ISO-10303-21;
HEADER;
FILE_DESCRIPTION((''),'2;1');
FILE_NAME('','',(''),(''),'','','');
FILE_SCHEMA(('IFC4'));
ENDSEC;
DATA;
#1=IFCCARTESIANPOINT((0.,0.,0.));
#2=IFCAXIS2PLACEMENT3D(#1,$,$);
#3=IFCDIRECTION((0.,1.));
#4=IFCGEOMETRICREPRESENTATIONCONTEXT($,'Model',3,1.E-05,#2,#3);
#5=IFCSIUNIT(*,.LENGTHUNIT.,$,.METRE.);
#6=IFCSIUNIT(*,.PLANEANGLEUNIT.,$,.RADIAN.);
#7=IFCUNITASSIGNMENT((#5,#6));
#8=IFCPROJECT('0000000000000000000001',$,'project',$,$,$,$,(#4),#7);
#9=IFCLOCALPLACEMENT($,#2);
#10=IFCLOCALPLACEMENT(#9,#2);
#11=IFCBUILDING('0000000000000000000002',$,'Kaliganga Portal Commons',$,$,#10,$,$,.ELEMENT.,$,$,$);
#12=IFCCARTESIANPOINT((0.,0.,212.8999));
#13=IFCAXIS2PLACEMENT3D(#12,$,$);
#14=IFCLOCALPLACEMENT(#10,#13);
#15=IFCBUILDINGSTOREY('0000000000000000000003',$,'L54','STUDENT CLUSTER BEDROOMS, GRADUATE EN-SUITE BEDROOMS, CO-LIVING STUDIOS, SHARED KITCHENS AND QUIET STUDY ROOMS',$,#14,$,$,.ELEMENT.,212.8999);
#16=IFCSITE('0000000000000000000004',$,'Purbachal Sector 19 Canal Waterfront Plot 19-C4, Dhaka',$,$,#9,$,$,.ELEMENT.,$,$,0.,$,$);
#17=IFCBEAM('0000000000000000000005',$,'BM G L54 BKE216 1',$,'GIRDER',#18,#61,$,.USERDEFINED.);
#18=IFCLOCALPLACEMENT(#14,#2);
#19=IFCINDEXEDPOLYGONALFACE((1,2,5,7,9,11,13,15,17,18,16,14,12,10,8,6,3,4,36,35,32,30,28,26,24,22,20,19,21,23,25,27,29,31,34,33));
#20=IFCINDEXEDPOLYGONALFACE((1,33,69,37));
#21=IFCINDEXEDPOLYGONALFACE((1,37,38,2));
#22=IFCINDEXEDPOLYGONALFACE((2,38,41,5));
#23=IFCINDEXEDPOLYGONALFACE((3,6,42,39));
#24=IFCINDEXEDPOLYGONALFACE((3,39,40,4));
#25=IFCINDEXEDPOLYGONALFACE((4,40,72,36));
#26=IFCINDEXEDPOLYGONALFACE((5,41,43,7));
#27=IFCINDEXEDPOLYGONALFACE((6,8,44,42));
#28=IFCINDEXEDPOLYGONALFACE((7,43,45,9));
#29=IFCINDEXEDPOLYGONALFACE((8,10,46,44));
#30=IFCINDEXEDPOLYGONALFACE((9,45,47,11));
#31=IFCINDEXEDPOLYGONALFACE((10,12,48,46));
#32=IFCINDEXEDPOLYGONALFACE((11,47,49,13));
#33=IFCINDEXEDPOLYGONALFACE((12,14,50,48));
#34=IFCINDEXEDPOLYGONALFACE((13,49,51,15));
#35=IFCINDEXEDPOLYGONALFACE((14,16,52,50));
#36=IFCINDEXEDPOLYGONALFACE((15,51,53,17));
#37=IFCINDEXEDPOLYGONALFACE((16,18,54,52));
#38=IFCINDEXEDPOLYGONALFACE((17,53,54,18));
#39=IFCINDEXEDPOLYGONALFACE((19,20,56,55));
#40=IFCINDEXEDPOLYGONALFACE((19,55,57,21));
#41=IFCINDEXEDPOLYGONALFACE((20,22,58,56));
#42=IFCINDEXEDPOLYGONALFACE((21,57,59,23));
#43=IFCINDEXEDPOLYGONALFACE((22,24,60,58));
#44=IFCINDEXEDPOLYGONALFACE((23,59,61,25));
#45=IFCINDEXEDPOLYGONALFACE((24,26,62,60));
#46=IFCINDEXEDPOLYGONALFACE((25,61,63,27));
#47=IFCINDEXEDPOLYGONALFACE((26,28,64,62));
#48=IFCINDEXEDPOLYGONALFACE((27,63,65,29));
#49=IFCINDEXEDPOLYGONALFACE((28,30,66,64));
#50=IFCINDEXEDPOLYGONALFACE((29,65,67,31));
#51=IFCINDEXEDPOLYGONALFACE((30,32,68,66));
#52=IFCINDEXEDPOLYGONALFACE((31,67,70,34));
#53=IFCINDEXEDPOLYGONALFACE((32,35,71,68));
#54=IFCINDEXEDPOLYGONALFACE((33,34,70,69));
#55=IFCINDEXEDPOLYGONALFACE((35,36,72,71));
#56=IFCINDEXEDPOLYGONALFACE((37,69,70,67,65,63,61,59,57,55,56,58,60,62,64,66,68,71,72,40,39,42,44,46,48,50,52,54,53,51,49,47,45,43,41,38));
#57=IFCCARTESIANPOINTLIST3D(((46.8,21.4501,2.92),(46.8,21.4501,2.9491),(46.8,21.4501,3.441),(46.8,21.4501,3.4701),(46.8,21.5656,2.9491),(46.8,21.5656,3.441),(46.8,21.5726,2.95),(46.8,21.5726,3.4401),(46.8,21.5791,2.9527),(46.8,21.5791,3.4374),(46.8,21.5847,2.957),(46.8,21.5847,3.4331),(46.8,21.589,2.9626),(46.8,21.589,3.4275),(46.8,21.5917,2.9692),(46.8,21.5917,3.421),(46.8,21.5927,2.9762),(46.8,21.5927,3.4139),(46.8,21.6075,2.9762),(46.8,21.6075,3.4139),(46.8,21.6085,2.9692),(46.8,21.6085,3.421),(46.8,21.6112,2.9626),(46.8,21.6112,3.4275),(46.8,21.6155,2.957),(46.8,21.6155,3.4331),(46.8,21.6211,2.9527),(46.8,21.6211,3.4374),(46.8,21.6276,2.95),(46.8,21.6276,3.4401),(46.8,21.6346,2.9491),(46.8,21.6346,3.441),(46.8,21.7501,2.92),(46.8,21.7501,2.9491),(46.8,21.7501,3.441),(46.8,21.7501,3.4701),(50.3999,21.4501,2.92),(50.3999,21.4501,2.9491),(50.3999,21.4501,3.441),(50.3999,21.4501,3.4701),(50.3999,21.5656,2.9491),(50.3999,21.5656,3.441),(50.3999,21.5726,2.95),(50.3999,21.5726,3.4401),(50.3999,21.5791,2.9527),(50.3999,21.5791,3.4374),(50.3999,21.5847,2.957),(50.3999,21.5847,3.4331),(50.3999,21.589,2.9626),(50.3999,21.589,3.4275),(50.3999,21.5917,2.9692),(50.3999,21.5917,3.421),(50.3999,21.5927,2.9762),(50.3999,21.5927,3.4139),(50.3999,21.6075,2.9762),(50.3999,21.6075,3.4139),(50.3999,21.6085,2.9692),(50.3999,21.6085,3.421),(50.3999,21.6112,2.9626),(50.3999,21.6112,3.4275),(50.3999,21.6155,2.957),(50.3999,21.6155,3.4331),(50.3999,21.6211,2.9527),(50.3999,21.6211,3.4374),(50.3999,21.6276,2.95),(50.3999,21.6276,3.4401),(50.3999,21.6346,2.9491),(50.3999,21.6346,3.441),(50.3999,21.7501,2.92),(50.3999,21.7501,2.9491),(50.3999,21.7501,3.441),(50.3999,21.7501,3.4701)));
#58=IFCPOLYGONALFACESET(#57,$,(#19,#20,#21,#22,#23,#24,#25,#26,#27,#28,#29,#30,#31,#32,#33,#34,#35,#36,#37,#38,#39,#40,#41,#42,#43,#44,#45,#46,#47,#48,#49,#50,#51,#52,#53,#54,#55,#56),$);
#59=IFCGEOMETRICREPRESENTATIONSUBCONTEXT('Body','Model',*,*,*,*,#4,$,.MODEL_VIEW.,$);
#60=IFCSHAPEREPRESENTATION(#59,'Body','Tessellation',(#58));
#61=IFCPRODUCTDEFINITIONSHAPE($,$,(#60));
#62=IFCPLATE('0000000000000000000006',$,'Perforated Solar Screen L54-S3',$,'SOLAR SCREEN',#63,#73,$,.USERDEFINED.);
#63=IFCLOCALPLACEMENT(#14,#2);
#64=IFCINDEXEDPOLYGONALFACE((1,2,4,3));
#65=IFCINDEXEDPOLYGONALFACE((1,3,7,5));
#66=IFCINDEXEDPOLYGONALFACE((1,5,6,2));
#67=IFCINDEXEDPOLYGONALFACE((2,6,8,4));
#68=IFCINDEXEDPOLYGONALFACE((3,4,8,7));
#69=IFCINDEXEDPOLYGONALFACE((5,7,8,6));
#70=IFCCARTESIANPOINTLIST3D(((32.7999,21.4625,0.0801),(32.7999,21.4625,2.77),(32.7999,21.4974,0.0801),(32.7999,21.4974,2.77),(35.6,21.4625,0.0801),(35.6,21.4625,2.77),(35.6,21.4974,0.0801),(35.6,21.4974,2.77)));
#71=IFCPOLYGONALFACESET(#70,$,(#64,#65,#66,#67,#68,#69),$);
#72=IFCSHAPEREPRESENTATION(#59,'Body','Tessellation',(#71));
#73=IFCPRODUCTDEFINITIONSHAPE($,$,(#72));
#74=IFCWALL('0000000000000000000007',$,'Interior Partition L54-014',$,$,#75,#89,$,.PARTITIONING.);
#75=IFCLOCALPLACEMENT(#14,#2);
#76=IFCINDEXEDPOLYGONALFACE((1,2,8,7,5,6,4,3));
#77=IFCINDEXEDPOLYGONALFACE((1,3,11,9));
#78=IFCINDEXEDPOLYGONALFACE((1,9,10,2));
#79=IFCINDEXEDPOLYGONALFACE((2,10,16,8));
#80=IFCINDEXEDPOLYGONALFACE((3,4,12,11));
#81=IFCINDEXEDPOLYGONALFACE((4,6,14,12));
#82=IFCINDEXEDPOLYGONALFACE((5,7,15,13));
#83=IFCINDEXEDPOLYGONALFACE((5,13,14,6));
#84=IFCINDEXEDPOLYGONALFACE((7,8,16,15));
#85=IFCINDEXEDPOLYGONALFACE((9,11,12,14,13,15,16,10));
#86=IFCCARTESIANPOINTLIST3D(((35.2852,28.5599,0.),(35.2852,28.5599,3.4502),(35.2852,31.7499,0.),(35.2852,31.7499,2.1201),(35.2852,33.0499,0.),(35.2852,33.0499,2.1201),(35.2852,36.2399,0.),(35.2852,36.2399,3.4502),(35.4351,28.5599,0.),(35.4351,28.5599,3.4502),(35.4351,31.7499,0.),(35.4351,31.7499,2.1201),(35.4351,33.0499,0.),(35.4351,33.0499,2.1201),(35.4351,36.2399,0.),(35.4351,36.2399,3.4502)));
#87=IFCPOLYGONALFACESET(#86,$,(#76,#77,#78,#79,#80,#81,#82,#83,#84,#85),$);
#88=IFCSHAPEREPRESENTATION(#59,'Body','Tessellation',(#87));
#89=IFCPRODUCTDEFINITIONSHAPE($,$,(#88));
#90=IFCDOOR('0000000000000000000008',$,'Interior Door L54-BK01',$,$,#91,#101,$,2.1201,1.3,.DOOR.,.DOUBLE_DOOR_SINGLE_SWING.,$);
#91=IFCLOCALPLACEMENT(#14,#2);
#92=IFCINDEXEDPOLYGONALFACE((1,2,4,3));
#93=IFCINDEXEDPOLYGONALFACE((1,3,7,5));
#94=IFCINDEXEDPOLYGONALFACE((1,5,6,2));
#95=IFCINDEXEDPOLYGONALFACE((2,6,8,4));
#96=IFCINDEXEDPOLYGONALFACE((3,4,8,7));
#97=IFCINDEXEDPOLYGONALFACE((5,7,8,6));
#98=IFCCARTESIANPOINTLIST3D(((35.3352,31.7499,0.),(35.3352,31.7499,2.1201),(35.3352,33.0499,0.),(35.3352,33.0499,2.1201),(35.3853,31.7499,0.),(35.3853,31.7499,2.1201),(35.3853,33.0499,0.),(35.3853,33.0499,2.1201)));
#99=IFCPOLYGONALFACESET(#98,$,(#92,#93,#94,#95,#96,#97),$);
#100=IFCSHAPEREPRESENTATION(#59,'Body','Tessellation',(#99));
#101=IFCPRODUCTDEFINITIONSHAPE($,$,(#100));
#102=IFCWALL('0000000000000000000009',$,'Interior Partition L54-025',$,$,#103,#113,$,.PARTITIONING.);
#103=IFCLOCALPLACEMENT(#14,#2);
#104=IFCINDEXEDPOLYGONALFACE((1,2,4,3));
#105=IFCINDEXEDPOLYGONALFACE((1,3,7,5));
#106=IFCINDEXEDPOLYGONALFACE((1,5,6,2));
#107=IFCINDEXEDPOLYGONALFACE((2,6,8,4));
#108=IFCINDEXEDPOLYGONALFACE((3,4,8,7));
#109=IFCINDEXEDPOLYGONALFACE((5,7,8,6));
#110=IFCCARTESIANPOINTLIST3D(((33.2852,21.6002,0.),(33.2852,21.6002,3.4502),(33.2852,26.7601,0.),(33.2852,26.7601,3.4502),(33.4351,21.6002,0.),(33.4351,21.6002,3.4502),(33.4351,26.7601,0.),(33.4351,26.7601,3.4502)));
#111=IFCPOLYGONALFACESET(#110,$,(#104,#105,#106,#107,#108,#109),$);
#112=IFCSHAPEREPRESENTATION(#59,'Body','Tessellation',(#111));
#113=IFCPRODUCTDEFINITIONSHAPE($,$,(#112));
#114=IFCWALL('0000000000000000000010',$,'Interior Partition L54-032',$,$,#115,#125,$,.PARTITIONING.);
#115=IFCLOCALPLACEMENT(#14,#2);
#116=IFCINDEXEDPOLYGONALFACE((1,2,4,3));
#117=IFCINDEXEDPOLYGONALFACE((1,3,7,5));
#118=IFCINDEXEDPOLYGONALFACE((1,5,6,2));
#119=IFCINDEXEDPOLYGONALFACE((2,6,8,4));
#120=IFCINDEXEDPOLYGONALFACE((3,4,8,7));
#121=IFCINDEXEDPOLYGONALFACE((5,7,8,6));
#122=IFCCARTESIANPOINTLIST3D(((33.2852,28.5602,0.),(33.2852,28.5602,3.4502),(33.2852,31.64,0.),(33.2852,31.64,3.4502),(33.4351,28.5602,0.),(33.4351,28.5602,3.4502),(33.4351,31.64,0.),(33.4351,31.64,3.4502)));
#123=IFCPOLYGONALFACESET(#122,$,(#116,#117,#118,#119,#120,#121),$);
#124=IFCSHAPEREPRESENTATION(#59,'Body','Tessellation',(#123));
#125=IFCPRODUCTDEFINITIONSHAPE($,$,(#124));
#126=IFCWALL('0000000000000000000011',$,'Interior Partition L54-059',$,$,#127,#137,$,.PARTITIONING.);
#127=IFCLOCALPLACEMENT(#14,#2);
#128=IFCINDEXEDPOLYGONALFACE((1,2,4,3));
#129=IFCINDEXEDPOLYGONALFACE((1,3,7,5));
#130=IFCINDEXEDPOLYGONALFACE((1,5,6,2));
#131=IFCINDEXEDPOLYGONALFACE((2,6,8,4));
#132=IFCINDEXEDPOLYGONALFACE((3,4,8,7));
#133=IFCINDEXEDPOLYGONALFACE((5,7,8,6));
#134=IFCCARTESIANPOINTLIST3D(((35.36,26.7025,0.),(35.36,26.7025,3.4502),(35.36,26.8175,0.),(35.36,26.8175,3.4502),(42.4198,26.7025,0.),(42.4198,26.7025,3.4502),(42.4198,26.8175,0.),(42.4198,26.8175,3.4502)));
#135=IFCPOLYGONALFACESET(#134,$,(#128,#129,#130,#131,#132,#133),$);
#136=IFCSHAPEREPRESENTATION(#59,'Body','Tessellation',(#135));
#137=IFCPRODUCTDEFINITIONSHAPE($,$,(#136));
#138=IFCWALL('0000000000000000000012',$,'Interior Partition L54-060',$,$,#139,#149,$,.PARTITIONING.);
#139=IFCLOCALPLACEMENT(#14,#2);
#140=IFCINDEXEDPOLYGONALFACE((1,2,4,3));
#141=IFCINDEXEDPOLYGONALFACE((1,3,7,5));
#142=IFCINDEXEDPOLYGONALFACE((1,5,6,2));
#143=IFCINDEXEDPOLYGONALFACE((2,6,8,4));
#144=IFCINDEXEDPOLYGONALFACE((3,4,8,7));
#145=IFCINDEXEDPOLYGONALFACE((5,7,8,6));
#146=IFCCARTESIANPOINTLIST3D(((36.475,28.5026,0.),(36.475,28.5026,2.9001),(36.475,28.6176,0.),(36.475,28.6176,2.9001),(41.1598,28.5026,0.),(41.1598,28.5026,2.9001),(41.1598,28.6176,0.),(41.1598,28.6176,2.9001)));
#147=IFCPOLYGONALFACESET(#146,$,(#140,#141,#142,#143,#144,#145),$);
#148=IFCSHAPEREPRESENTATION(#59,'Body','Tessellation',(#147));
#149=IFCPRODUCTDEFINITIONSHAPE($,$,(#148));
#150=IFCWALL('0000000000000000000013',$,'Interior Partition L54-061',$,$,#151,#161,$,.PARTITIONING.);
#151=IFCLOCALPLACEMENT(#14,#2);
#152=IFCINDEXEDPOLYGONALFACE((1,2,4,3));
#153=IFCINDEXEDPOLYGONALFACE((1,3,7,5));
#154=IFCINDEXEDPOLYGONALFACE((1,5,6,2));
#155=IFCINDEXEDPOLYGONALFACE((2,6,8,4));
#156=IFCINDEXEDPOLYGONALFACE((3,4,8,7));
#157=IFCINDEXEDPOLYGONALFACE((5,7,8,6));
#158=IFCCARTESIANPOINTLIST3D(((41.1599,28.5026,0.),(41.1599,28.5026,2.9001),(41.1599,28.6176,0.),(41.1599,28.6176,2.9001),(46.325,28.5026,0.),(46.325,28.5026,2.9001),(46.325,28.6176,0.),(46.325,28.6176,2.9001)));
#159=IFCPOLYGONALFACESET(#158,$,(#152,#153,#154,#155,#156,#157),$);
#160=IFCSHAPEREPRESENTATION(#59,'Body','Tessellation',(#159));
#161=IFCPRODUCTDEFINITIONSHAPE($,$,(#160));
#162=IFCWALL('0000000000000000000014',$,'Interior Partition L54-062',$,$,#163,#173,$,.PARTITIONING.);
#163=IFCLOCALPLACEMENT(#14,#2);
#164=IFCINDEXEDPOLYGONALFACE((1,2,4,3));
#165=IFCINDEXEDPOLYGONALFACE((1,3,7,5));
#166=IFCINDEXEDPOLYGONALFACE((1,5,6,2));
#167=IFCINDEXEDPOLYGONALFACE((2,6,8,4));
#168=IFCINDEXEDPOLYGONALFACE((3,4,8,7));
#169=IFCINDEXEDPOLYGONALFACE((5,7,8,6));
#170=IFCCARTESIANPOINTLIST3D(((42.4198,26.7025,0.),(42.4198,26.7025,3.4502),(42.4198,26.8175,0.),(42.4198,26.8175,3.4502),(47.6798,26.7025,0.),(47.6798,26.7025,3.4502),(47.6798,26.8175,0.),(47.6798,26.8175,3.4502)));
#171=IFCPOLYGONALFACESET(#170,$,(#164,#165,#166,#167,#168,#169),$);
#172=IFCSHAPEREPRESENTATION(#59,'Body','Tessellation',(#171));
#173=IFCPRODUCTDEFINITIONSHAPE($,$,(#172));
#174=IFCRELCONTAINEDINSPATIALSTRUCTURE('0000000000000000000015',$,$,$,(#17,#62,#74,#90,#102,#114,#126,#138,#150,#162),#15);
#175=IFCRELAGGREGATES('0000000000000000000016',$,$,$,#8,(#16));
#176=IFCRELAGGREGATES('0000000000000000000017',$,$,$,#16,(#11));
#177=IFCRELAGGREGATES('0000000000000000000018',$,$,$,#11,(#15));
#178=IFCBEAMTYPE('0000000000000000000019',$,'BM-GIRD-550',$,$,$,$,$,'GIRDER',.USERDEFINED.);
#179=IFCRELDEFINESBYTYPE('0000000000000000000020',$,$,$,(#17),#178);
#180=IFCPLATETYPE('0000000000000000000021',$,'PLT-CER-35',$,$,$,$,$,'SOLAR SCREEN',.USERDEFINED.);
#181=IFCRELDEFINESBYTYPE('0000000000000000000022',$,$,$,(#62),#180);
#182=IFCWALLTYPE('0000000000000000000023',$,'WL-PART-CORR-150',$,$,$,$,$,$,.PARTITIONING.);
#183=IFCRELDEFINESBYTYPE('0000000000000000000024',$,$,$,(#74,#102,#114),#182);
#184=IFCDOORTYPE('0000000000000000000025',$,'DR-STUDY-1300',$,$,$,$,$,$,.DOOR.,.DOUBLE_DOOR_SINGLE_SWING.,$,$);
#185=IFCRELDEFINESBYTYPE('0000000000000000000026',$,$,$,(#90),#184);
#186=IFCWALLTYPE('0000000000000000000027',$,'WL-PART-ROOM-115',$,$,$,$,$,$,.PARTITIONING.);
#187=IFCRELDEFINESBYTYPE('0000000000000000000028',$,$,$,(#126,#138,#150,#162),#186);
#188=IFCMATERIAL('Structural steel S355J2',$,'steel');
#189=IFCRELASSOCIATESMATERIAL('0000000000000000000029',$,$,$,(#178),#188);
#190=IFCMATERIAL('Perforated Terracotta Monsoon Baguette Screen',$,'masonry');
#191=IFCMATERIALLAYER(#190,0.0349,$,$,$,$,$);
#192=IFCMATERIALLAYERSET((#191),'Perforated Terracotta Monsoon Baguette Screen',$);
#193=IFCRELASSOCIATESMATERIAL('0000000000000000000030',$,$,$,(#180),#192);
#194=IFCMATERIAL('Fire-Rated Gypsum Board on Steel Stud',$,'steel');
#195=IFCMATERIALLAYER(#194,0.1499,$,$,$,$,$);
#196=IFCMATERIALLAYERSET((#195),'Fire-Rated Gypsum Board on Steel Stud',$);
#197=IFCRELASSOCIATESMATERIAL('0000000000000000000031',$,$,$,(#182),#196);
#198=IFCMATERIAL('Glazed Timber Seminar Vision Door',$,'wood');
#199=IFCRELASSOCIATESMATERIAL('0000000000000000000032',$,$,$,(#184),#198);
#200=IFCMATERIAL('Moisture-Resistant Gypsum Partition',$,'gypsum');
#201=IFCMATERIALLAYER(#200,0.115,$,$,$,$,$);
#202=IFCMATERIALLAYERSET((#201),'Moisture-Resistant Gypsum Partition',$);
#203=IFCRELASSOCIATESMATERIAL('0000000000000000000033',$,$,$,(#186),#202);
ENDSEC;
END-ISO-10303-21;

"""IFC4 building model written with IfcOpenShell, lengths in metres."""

from ifc_helpers import new_model, si_unit, direction, frame, frame_2d, origin, origin_2d, place, context, subcontext, project, spatial, rectangle, i_section, extrude, source, transform, mapped, material, layer, layer_set, material_profile, profile_set, type_object, element, fill, save


model = new_model("IFC4")

# Units and contexts
model_context = context("Model", 3, precision=1e-05, world=origin(), true_north=direction((0.0, 1.0)))
body_context = subcontext(model_context, "Body", "Model", "MODEL_VIEW")
ifc_project = project(units=[si_unit("LENGTHUNIT", "METRE"), si_unit("PLANEANGLEUNIT", "RADIAN")], contexts=[model_context])

# Site, building, storey
site_placement = place(None, origin())
site = spatial("IfcSite", under=ifc_project, at=site_placement, Name="Purbachal Sector 19 Canal Waterfront Plot 19-C4, Dhaka", CompositionType="ELEMENT", RefElevation=0.0)
building_placement = place(site_placement, origin())
building = spatial("IfcBuilding", under=site, at=building_placement, Name="Kaliganga Portal Commons", CompositionType="ELEMENT")
storey_placement = place(building_placement, frame((0.0, 0.0, 212.8999)))
storey = spatial("IfcBuildingStorey", under=building, at=storey_placement, Name="L54", Description="STUDENT CLUSTER BEDROOMS, GRADUATE EN-SUITE BEDROOMS, CO-LIVING STUDIOS, SHARED KITCHENS AND QUIET STUDY ROOMS", CompositionType="ELEMENT", Elevation=212.8999)

# Beam
ifc_material_1 = material(Name="Structural steel S355J2", Category="steel")
ifc_material_profile_1 = material_profile(ifc_material_1, i_section(OverallWidth=0.3, OverallDepth=0.55, WebThickness=0.0149, FlangeThickness=0.0291, FilletRadius=0.0271, at=origin_2d()), Name="HE 550 B")
ifc_profile_set_1 = profile_set([ifc_material_profile_1], Name="Structural steel S355J2 wide-flange")
beam_type_1 = type_object("IfcBeamType", Name="BM-GIRD-550", ElementType="GIRDER", PredefinedType="USERDEFINED", material=ifc_profile_set_1)
shared_shape_1 = source(origin(), body_context, "Body", "SweptSolid", [
    extrude(i_section(OverallWidth=0.3, OverallDepth=0.55, WebThickness=0.0149, FlangeThickness=0.0291, FilletRadius=0.0271, at=origin_2d()), origin(), (0.0, 0.0, 1.0), 3.5999),
])
beam_1_placement = place(storey_placement, frame((46.8, 21.6001, 3.1951), z_axis=(1.0, 0.0, 0.0), x_axis=(0.0, 1.0, 0.0)))
element("IfcBeam", 1, at=beam_1_placement, inside=storey, type_object=beam_type_1, Name="BM G L54 BKE216 1", ObjectType="GIRDER", PredefinedType="USERDEFINED", context=body_context, shape_type="MappedRepresentation", body=[
    mapped(shared_shape_1, transform((0.0, 0.0, 0.0), x_axis=(1.0, 0.0, 0.0), y_axis=(0.0, 1.0, 0.0), z_axis=(0.0, 0.0, 1.0), scale=1.0)),
])

# Plate
ifc_material_2 = material(Name="Perforated Terracotta Monsoon Baguette Screen", Category="masonry")
ifc_layer_1 = layer(ifc_material_2, 0.0349)
ifc_layer_set_1 = layer_set([ifc_layer_1], Name="Perforated Terracotta Monsoon Baguette Screen")
plate_type = type_object("IfcPlateType", Name="PLT-CER-35", ElementType="SOLAR SCREEN", PredefinedType="USERDEFINED", material=ifc_layer_set_1)
shared_shape_2 = source(origin(), body_context, "Body", "SweptSolid", [
    extrude(rectangle(XDim=2.8, YDim=0.0349, at=origin_2d()), origin(), (0.0, 0.0, 1.0), 2.6899),
])
plate_placement = place(storey_placement, frame((34.2, 21.48, 0.0801), z_axis=(0.0, 0.0, 1.0), x_axis=(1.0, 0.0, 0.0)))
element("IfcPlate", 2, at=plate_placement, inside=storey, type_object=plate_type, Name="Perforated Solar Screen L54-S3", ObjectType="SOLAR SCREEN", PredefinedType="USERDEFINED", context=body_context, shape_type="MappedRepresentation", body=[
    mapped(shared_shape_2, transform((0.0, 0.0, 0.0), x_axis=(1.0, 0.0, 0.0), y_axis=(0.0, 1.0, 0.0), z_axis=(0.0, 0.0, 1.0), scale=1.0)),
])

# Wall, opening, door
ifc_material_3 = material(Name="Fire-Rated Gypsum Board on Steel Stud", Category="steel")
ifc_layer_2 = layer(ifc_material_3, 0.1499)
ifc_layer_set_2 = layer_set([ifc_layer_2], Name="Fire-Rated Gypsum Board on Steel Stud")
wall_type_1 = type_object("IfcWallType", Name="WL-PART-CORR-150", PredefinedType="PARTITIONING", material=ifc_layer_set_2)
wall_1_placement = place(storey_placement, frame((35.3601, 28.5601, 0.0), z_axis=(0.0, 0.0, 1.0), x_axis=(0.0, 1.0, 0.0)))
wall_1 = element("IfcWall", 3, at=wall_1_placement, inside=storey, type_object=wall_type_1, Name="Interior Partition L54-014", PredefinedType="PARTITIONING", context=body_context, shape_type="SweptSolid", body=[
    extrude(rectangle(XDim=7.6799, YDim=0.1499, at=frame_2d((3.8398, 0.0))), origin(), (0.0, 0.0, 1.0), 3.4502),
])
opening_placement = place(wall_1_placement, frame((3.1899, 0.0, 0.0)))
opening = element("IfcOpeningElement", 4, at=opening_placement, cuts=wall_1, PredefinedType="OPENING", context=body_context, shape_type="SweptSolid", body=[
    extrude(rectangle(XDim=1.3, YDim=2.1201, at=frame_2d((0.6499, 1.0601))), frame((0.0, 0.085, 0.0), z_axis=(0.0, -1.0, 0.0), x_axis=(1.0, 0.0, 0.0)), (0.0, 0.0, 1.0), 0.1699),
])
ifc_material_4 = material(Name="Glazed Timber Seminar Vision Door", Category="wood")
door_type = type_object("IfcDoorType", Name="DR-STUDY-1300", OperationType="DOUBLE_DOOR_SINGLE_SWING", PredefinedType="DOOR", material=ifc_material_4)
door_placement = place(opening_placement, origin())
door = element("IfcDoor", 5, at=door_placement, inside=storey, type_object=door_type, Name="Interior Door L54-BK01", OperationType="DOUBLE_DOOR_SINGLE_SWING", OverallHeight=2.1201, OverallWidth=1.3, PredefinedType="DOOR", context=body_context, shape_type="SweptSolid", body=[
    extrude(rectangle(XDim=1.3, YDim=2.1201, at=frame_2d((0.6499, 1.0601))), frame((0.0, 0.0249, 0.0), z_axis=(0.0, -1.0, 0.0), x_axis=(1.0, 0.0, 0.0)), (0.0, 0.0, 1.0), 0.05),
])
fill(opening, door)

# Walls
wall_2_placement = place(storey_placement, frame((33.3601, 21.6001, 0.0), z_axis=(0.0, 0.0, 1.0), x_axis=(0.0, 1.0, 0.0)))
element("IfcWall", 6, at=wall_2_placement, inside=storey, type_object=wall_type_1, Name="Interior Partition L54-025", PredefinedType="PARTITIONING", context=body_context, shape_type="SweptSolid", body=[
    extrude(rectangle(XDim=5.1599, YDim=0.1499, at=frame_2d((2.5801, 0.0))), origin(), (0.0, 0.0, 1.0), 3.4502),
])
wall_3_placement = place(storey_placement, frame((33.3601, 28.5601, 0.0), z_axis=(0.0, 0.0, 1.0), x_axis=(0.0, 1.0, 0.0)))
element("IfcWall", 7, at=wall_3_placement, inside=storey, type_object=wall_type_1, Name="Interior Partition L54-032", PredefinedType="PARTITIONING", context=body_context, shape_type="SweptSolid", body=[
    extrude(rectangle(XDim=3.0798, YDim=0.1499, at=frame_2d((1.54, 0.0))), origin(), (0.0, 0.0, 1.0), 3.4502),
])
ifc_material_5 = material(Name="Moisture-Resistant Gypsum Partition", Category="gypsum")
ifc_layer_3 = layer(ifc_material_5, 0.115)
ifc_layer_set_3 = layer_set([ifc_layer_3], Name="Moisture-Resistant Gypsum Partition")
wall_type_2 = type_object("IfcWallType", Name="WL-PART-ROOM-115", PredefinedType="PARTITIONING", material=ifc_layer_set_3)
wall_4_placement = place(storey_placement, frame((35.3601, 26.76, 0.0), z_axis=(0.0, 0.0, 1.0), x_axis=(1.0, 0.0, 0.0)))
element("IfcWall", 8, at=wall_4_placement, inside=storey, type_object=wall_type_2, Name="Interior Partition L54-059", PredefinedType="PARTITIONING", context=body_context, shape_type="SweptSolid", body=[
    extrude(rectangle(XDim=7.0598, YDim=0.115, at=frame_2d((3.5298, 0.0))), origin(), (0.0, 0.0, 1.0), 3.4502),
])
wall_5_placement = place(storey_placement, frame((36.4751, 28.5601, 0.0), z_axis=(0.0, 0.0, 1.0), x_axis=(1.0, 0.0, 0.0)))
element("IfcWall", 9, at=wall_5_placement, inside=storey, type_object=wall_type_2, Name="Interior Partition L54-060", PredefinedType="PARTITIONING", context=body_context, shape_type="SweptSolid", body=[
    extrude(rectangle(XDim=4.6848, YDim=0.115, at=frame_2d((2.3423, 0.0))), origin(), (0.0, 0.0, 1.0), 2.9001),
])
wall_6_placement = place(storey_placement, frame((41.1599, 28.5601, 0.0), z_axis=(0.0, 0.0, 1.0), x_axis=(1.0, 0.0, 0.0)))
element("IfcWall", 10, at=wall_6_placement, inside=storey, type_object=wall_type_2, Name="Interior Partition L54-061", PredefinedType="PARTITIONING", context=body_context, shape_type="SweptSolid", body=[
    extrude(rectangle(XDim=5.165, YDim=0.115, at=frame_2d((2.5825, 0.0))), origin(), (0.0, 0.0, 1.0), 2.9001),
])
wall_7_placement = place(storey_placement, frame((42.4199, 26.76, 0.0), z_axis=(0.0, 0.0, 1.0), x_axis=(1.0, 0.0, 0.0)))
element("IfcWall", 11, at=wall_7_placement, inside=storey, type_object=wall_type_2, Name="Interior Partition L54-062", PredefinedType="PARTITIONING", context=body_context, shape_type="SweptSolid", body=[
    extrude(rectangle(XDim=5.26, YDim=0.115, at=frame_2d((2.6299, 0.0))), origin(), (0.0, 0.0, 1.0), 3.4502),
])

save(model, "model.ifc")
